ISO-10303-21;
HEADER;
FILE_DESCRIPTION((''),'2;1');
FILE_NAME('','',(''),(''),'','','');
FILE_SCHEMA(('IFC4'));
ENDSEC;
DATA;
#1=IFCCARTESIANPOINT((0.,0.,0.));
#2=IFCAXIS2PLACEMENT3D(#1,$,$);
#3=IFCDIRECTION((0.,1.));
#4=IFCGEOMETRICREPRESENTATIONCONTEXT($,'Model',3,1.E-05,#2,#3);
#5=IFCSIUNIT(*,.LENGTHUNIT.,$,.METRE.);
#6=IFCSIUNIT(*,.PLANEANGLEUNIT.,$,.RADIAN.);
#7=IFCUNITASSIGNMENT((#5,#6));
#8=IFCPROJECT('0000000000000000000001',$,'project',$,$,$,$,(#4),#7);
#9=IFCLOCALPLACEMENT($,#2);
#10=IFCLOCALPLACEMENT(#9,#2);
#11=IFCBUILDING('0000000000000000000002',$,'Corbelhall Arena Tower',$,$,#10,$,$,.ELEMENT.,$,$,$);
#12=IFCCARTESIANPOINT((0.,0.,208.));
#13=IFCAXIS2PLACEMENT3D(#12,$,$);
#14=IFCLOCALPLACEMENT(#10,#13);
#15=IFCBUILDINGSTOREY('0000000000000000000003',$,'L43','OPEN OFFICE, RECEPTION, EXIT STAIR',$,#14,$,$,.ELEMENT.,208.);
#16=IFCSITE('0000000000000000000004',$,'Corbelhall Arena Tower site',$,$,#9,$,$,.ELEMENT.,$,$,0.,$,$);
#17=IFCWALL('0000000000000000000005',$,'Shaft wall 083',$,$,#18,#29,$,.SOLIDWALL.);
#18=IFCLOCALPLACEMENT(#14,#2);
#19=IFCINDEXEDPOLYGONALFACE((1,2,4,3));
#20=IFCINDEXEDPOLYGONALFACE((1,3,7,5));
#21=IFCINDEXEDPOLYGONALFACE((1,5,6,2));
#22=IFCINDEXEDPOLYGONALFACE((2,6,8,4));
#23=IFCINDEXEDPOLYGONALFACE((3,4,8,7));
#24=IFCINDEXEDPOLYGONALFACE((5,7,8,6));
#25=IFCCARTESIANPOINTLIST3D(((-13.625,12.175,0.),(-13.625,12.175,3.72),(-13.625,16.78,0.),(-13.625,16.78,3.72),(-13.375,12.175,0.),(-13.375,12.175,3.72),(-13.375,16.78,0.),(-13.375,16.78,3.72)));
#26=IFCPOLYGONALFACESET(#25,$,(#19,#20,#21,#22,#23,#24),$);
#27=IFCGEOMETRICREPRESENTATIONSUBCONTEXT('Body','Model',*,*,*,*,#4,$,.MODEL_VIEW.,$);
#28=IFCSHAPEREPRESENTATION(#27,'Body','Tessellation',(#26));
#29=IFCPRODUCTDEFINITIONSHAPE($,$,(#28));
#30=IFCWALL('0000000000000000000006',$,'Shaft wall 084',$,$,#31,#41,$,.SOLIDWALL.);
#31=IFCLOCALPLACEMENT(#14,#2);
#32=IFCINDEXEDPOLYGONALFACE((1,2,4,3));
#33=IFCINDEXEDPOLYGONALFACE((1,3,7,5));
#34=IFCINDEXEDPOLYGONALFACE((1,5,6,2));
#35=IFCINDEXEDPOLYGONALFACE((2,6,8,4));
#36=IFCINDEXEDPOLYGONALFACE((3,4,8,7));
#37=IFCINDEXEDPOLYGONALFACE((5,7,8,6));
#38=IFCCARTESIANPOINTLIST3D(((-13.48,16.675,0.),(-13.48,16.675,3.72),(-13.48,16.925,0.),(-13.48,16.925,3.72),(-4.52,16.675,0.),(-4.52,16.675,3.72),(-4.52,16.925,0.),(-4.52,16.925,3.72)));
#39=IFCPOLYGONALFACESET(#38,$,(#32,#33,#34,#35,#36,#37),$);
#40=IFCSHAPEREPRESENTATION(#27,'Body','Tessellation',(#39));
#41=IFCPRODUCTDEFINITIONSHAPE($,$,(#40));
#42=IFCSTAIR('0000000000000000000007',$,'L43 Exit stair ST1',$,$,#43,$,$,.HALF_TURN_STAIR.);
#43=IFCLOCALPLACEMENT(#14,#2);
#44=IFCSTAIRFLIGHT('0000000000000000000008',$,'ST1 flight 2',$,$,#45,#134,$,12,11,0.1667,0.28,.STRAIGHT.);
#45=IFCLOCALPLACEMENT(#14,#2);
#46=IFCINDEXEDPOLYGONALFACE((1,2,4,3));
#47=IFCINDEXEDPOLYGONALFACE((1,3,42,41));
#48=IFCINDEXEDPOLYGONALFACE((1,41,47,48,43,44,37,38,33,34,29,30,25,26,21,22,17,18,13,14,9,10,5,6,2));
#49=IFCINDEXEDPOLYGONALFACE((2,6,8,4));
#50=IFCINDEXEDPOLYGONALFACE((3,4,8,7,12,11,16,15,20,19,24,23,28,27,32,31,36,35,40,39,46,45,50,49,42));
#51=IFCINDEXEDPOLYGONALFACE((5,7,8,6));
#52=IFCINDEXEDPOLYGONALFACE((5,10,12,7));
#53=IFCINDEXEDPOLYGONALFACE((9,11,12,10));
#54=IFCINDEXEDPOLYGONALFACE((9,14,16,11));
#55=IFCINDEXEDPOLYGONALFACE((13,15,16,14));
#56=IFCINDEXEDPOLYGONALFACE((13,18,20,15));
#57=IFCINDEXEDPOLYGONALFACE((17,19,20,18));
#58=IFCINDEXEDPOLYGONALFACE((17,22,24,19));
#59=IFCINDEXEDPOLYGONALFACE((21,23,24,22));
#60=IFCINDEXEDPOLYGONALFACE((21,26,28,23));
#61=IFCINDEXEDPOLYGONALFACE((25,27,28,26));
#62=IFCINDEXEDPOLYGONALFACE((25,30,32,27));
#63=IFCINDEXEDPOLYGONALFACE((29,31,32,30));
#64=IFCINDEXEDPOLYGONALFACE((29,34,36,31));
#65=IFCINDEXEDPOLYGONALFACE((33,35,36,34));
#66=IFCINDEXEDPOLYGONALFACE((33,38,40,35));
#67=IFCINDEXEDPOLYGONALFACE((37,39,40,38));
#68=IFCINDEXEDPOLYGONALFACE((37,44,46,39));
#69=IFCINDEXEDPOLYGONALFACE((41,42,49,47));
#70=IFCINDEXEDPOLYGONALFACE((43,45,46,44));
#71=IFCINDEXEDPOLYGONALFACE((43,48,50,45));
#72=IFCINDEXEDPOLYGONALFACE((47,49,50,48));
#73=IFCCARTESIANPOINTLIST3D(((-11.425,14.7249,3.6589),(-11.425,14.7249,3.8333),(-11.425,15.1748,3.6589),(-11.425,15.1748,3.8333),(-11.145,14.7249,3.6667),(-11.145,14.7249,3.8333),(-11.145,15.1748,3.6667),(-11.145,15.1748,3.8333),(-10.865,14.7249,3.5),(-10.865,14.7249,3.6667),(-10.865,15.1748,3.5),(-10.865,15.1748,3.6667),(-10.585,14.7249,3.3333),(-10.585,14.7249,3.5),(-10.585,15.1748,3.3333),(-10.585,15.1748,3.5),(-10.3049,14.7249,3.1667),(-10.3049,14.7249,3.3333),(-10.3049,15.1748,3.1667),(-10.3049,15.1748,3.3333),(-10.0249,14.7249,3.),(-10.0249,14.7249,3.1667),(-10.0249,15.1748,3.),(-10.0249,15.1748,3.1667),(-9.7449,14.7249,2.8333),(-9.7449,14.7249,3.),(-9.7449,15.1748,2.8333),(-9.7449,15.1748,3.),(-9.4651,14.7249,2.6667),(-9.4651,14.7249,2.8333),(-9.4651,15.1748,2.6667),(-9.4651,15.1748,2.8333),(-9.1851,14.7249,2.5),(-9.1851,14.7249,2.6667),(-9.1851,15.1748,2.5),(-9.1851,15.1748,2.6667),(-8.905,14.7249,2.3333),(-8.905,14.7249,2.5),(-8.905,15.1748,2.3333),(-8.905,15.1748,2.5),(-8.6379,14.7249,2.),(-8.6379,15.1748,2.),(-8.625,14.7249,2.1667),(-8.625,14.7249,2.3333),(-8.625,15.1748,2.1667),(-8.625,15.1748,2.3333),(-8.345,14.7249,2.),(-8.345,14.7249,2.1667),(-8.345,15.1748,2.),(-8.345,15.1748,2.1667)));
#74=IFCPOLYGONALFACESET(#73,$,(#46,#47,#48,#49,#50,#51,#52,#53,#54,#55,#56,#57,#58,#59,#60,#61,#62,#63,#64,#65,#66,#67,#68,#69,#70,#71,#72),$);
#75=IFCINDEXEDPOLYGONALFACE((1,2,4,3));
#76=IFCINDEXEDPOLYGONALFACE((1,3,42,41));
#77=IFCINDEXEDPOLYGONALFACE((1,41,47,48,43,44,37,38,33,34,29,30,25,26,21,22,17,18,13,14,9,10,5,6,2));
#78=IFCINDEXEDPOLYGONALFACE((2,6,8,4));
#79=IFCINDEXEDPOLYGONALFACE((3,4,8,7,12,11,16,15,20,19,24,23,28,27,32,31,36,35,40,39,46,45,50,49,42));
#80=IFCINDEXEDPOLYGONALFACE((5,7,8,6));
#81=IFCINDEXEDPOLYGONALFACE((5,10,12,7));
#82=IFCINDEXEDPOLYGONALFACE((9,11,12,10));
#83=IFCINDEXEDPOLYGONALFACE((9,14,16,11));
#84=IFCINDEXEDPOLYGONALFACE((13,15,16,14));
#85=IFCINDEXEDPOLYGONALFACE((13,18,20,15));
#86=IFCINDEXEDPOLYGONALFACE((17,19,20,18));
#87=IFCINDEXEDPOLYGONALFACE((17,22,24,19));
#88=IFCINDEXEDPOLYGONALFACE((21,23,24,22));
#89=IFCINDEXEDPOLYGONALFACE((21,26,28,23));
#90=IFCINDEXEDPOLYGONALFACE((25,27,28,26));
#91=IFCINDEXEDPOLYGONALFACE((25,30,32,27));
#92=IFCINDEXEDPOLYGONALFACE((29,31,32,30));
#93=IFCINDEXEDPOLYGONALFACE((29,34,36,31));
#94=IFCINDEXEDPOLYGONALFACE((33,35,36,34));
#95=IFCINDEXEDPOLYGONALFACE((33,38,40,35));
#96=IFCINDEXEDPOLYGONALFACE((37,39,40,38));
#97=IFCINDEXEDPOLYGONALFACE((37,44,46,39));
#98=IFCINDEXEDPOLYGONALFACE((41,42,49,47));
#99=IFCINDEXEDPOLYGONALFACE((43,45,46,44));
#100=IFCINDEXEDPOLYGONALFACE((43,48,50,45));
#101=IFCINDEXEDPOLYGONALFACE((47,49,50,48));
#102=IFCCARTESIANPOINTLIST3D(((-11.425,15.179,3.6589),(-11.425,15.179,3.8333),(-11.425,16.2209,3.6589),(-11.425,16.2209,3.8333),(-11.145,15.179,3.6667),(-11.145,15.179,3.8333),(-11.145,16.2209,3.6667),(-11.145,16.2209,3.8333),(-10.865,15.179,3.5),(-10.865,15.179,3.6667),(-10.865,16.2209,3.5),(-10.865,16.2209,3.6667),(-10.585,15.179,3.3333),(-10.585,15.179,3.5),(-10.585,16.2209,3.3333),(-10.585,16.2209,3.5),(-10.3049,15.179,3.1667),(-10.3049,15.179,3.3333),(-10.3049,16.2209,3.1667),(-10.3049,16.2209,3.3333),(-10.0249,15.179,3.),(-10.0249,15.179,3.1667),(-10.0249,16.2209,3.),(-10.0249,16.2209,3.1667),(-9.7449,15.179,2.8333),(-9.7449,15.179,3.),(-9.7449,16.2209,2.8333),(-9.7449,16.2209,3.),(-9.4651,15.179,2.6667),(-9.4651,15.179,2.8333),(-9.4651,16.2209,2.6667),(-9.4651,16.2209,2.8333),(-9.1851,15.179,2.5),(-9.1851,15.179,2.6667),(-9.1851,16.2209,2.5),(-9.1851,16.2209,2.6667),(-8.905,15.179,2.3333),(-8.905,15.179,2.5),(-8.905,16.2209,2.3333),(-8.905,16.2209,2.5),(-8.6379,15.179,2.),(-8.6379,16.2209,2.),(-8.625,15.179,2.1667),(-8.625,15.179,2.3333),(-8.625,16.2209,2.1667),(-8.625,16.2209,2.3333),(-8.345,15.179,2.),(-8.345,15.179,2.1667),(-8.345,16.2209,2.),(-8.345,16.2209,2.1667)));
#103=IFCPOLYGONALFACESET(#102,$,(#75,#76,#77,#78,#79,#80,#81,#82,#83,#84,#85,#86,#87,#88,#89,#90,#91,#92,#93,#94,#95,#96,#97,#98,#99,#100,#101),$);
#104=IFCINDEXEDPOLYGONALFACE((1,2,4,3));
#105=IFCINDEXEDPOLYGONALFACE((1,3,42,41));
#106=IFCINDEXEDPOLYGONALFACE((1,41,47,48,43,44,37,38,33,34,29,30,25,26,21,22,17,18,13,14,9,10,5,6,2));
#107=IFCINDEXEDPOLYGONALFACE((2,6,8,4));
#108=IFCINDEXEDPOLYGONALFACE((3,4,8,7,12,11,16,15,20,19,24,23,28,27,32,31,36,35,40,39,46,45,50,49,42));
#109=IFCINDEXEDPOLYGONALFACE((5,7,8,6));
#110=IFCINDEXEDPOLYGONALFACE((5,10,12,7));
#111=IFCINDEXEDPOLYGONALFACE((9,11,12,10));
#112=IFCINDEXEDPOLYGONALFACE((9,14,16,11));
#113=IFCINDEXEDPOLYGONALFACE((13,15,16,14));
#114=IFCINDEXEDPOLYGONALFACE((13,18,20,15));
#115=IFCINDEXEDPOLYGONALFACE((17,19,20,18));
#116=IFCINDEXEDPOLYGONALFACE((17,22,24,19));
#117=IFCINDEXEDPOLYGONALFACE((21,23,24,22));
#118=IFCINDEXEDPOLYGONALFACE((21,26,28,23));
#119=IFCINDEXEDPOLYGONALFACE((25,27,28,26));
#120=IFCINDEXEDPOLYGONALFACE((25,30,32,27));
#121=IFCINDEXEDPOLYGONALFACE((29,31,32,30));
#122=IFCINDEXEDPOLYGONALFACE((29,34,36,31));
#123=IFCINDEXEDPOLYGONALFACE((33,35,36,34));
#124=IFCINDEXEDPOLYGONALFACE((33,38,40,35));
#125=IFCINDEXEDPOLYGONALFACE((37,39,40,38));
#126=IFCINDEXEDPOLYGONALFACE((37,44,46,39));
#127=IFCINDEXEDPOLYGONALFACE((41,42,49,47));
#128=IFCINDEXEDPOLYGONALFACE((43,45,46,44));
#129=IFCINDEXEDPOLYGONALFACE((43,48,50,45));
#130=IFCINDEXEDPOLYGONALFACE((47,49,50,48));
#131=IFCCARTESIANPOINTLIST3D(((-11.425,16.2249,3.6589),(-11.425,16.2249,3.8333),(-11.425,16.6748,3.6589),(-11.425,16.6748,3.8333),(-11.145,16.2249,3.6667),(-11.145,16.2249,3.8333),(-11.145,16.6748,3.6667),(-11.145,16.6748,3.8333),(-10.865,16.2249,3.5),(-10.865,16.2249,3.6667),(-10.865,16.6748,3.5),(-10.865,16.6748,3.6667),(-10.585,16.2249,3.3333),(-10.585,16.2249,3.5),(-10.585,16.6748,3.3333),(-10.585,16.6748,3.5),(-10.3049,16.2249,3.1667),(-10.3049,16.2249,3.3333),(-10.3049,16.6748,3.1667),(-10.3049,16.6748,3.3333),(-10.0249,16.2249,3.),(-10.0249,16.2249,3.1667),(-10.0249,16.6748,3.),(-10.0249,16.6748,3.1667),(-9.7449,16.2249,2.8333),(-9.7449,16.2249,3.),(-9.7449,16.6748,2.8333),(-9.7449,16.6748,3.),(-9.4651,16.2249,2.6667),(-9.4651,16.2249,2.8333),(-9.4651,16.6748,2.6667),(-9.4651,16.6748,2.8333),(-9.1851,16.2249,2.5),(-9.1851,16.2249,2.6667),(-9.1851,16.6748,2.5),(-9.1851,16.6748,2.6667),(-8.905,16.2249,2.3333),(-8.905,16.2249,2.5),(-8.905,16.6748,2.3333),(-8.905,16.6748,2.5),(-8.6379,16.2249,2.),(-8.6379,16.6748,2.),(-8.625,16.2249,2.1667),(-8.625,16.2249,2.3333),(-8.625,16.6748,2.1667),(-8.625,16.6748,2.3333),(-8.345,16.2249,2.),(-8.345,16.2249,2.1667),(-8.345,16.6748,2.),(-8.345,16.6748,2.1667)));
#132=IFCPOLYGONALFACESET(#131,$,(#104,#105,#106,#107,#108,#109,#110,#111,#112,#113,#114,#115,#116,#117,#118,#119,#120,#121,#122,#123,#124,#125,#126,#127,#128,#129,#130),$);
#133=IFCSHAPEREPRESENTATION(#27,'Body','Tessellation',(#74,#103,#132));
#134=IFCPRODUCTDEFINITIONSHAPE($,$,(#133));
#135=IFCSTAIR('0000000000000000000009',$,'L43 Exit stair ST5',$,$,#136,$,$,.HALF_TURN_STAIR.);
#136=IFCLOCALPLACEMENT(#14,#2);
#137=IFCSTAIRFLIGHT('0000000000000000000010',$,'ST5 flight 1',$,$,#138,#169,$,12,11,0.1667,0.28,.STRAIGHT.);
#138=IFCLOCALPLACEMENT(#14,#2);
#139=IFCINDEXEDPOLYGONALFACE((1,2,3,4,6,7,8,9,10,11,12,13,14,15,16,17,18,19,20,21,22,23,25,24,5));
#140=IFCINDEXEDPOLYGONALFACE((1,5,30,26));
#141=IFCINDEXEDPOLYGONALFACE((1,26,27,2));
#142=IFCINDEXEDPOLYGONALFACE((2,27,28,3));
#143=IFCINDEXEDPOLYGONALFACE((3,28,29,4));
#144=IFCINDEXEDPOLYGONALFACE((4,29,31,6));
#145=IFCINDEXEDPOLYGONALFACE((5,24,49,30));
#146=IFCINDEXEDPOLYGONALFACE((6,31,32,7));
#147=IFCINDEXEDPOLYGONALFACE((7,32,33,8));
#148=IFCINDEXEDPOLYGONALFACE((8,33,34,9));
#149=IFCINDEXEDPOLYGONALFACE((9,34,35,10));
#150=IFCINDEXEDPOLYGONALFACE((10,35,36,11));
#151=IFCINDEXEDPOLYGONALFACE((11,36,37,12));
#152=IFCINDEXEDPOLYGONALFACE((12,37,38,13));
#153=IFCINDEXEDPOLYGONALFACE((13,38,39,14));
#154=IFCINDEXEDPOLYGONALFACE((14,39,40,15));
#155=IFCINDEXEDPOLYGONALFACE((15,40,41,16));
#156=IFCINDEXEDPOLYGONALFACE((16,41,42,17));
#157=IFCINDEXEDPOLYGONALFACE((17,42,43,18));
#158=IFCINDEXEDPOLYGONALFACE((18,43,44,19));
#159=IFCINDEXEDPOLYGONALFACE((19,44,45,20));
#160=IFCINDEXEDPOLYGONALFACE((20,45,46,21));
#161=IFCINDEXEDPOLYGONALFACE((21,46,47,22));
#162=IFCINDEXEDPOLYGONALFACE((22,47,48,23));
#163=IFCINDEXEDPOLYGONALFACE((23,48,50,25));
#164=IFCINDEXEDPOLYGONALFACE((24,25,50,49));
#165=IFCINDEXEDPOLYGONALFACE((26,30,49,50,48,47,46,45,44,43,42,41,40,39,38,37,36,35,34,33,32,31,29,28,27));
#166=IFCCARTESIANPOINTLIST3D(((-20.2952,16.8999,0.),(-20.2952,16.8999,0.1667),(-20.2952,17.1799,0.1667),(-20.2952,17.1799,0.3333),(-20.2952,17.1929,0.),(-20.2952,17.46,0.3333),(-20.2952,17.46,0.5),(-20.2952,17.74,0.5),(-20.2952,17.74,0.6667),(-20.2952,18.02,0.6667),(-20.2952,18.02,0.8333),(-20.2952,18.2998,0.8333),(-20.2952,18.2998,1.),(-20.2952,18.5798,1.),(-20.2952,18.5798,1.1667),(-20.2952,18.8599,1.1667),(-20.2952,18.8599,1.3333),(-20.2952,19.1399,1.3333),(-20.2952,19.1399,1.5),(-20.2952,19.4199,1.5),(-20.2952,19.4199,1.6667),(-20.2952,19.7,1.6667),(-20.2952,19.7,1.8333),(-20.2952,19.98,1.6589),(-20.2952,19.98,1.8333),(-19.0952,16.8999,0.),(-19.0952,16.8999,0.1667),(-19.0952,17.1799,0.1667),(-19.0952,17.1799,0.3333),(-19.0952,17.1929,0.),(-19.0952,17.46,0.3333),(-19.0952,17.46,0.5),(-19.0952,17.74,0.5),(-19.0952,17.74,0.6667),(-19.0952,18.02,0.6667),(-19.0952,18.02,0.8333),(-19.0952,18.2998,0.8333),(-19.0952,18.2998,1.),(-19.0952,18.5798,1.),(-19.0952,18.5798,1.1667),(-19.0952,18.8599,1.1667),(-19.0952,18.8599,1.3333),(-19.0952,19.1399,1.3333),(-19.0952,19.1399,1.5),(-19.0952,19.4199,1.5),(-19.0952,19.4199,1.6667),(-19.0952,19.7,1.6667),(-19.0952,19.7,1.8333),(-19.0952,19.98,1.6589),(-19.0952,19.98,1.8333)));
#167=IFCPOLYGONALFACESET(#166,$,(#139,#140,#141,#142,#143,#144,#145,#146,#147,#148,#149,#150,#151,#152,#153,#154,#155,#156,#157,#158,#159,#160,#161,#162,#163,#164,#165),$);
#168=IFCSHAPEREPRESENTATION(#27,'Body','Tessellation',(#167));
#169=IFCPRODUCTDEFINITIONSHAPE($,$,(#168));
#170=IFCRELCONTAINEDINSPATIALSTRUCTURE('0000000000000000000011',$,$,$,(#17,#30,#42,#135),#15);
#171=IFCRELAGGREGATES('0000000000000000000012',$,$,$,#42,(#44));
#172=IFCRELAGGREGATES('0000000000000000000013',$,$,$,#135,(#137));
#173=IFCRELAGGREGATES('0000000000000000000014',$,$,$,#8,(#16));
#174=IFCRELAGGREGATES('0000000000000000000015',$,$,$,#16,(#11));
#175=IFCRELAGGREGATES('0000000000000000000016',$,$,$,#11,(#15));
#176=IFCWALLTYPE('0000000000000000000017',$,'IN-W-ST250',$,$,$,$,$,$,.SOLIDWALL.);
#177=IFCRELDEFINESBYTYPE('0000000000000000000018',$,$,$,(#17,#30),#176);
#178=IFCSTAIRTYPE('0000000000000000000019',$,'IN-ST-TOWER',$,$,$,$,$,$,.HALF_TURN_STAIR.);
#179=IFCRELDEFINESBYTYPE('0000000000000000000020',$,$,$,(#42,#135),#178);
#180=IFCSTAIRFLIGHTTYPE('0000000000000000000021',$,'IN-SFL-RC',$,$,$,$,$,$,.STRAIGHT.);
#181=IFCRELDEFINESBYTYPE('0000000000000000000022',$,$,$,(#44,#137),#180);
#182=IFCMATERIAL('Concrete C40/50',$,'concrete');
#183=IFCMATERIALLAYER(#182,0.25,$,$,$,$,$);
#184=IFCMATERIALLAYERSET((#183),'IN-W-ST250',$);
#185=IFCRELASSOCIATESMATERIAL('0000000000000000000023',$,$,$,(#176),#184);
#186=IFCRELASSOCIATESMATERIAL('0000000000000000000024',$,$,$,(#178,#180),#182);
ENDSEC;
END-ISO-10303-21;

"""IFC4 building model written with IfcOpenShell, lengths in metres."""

from ifc_helpers import new_model, si_unit, direction, frame, frame_2d, origin, place, context, subcontext, project, spatial, polyline, rectangle, outline, extrude, material, layer, layer_set, type_object, element, aggregate, save


model = new_model("IFC4")

# Units and contexts
model_context = context("Model", 3, precision=1e-05, world=origin(), true_north=direction((0.0, 1.0)))
body_context = subcontext(model_context, "Body", "Model", "MODEL_VIEW")
ifc_project = project(units=[si_unit("LENGTHUNIT", "METRE"), si_unit("PLANEANGLEUNIT", "RADIAN")], contexts=[model_context])

# Site, building, storey
site_placement = place(None, origin())
site = spatial("IfcSite", under=ifc_project, at=site_placement, Name="Corbelhall Arena Tower site", CompositionType="ELEMENT", RefElevation=0.0)
building_placement = place(site_placement, origin())
building = spatial("IfcBuilding", under=site, at=building_placement, Name="Corbelhall Arena Tower", CompositionType="ELEMENT")
storey_placement = place(building_placement, frame((0.0, 0.0, 208.0)))
storey = spatial("IfcBuildingStorey", under=building, at=storey_placement, Name="L43", Description="OPEN OFFICE, RECEPTION, EXIT STAIR", CompositionType="ELEMENT", Elevation=208.0)

# Shared definitions
ifc_material_1 = material(Name="Concrete C40/50", Category="concrete")

# Walls
ifc_layer_1 = layer(ifc_material_1, 0.25)
ifc_layer_set_1 = layer_set([ifc_layer_1], Name="IN-W-ST250")
wall_type_1 = type_object("IfcWallType", Name="IN-W-ST250", PredefinedType="SOLIDWALL", material=ifc_layer_set_1)
wall_1_placement = place(storey_placement, frame((-13.5, 16.78, 0.0), z_axis=(0.0, 0.0, 1.0), x_axis=(0.0, -1.0, 0.0)))
element("IfcWall", 1, at=wall_1_placement, inside=storey, type_object=wall_type_1, Name="Shaft wall 083", PredefinedType="SOLIDWALL", context=body_context, shape_type="SweptSolid", body=[
    extrude(rectangle(XDim=4.605, YDim=0.25, at=frame_2d((2.3025, 0.0))), origin(), (0.0, 0.0, 1.0), 3.72),
])
wall_2_placement = place(storey_placement, frame((-13.48, 16.8, 0.0), z_axis=(0.0, 0.0, 1.0), x_axis=(1.0, 0.0, 0.0)))
element("IfcWall", 2, at=wall_2_placement, inside=storey, type_object=wall_type_1, Name="Shaft wall 084", PredefinedType="SOLIDWALL", context=body_context, shape_type="SweptSolid", body=[
    extrude(rectangle(XDim=8.96, YDim=0.25, at=frame_2d((4.48, 0.0))), origin(), (0.0, 0.0, 1.0), 3.72),
])

# Stair, stair flight
stair_type = type_object("IfcStairType", Name="IN-ST-TOWER", PredefinedType="HALF_TURN_STAIR", material=ifc_material_1)
stair_1_placement = place(storey_placement, origin())
stair_1 = element("IfcStair", 3, at=stair_1_placement, inside=storey, type_object=stair_type, Name="L43 Exit stair ST1", PredefinedType="HALF_TURN_STAIR")
stair_flight_type = type_object("IfcStairFlightType", Name="IN-SFL-RC", PredefinedType="STRAIGHT", material=ifc_material_1)
stair_flight_1_placement = place(storey_placement, frame((-8.345, 15.7, 2.0), z_axis=(0.0, 0.0, 1.0), x_axis=(-1.0, 0.0, 0.0)))
stair_flight_1 = element("IfcStairFlight", 4, at=stair_flight_1_placement, type_object=stair_flight_type, Name="ST1 flight 2", NumberOfRisers=12, NumberOfTreads=11, PredefinedType="STRAIGHT", RiserHeight=0.1667, TreadLength=0.28, context=body_context, shape_type="SweptSolid", body=[
    extrude(outline(polyline([(0.0, 0.0), (0.0, 0.1667), (0.28, 0.1667), (0.28, 0.3333), (0.5601, 0.3333), (0.5601, 0.5), (0.8401, 0.5), (0.8401, 0.6667), (1.1201, 0.6667), (1.1201, 0.8333), (1.3999, 0.8333), (1.3999, 1.0), (1.6799, 1.0), (1.6799, 1.1667), (1.96, 1.1667), (1.96, 1.3333), (2.24, 1.3333), (2.24, 1.5), (2.52, 1.5), (2.52, 1.6667), (2.8, 1.6667), (2.8, 1.8333), (3.0801, 1.8333), (3.0801, 2.0), (3.0801, 1.6589), (0.293, 0.0), (0.0, 0.0)])), frame((0.0, 0.9751, 0.0), z_axis=(0.0, -1.0, 0.0), x_axis=(1.0, 0.0, 0.0)), (0.0, 0.0, 1.0), 0.45),
    extrude(outline(polyline([(0.0, 0.0), (0.0, 0.1667), (0.28, 0.1667), (0.28, 0.3333), (0.5601, 0.3333), (0.5601, 0.5), (0.8401, 0.5), (0.8401, 0.6667), (1.1201, 0.6667), (1.1201, 0.8333), (1.3999, 0.8333), (1.3999, 1.0), (1.6799, 1.0), (1.6799, 1.1667), (1.96, 1.1667), (1.96, 1.3333), (2.24, 1.3333), (2.24, 1.5), (2.52, 1.5), (2.52, 1.6667), (2.8, 1.6667), (2.8, 1.8333), (3.0801, 1.8333), (3.0801, 2.0), (3.0801, 1.6589), (0.293, 0.0), (0.0, 0.0)])), frame((0.0, 0.521, 0.0), z_axis=(0.0, -1.0, 0.0), x_axis=(1.0, 0.0, 0.0)), (0.0, 0.0, 1.0), 1.042),
    extrude(outline(polyline([(0.0, 0.0), (0.0, 0.1667), (0.28, 0.1667), (0.28, 0.3333), (0.5601, 0.3333), (0.5601, 0.5), (0.8401, 0.5), (0.8401, 0.6667), (1.1201, 0.6667), (1.1201, 0.8333), (1.3999, 0.8333), (1.3999, 1.0), (1.6799, 1.0), (1.6799, 1.1667), (1.96, 1.1667), (1.96, 1.3333), (2.24, 1.3333), (2.24, 1.5), (2.52, 1.5), (2.52, 1.6667), (2.8, 1.6667), (2.8, 1.8333), (3.0801, 1.8333), (3.0801, 2.0), (3.0801, 1.6589), (0.293, 0.0), (0.0, 0.0)])), frame((0.0, -0.5249, 0.0), z_axis=(0.0, -1.0, 0.0), x_axis=(1.0, 0.0, 0.0)), (0.0, 0.0, 1.0), 0.45),
])
aggregate(stair_1, [stair_flight_1])

# Stair, stair flight
stair_2_placement = place(storey_placement, origin())
stair_2 = element("IfcStair", 5, at=stair_2_placement, inside=storey, type_object=stair_type, Name="L43 Exit stair ST5", PredefinedType="HALF_TURN_STAIR")
stair_flight_2_placement = place(storey_placement, frame((-19.6951, 16.8999, 0.0), z_axis=(0.0, 0.0, 1.0), x_axis=(0.0, 1.0, 0.0)))
stair_flight_2 = element("IfcStairFlight", 6, at=stair_flight_2_placement, type_object=stair_flight_type, Name="ST5 flight 1", NumberOfRisers=12, NumberOfTreads=11, PredefinedType="STRAIGHT", RiserHeight=0.1667, TreadLength=0.28, context=body_context, shape_type="SweptSolid", body=[
    extrude(outline(polyline([(0.0, 0.0), (0.0, 0.1667), (0.28, 0.1667), (0.28, 0.3333), (0.5601, 0.3333), (0.5601, 0.5), (0.8401, 0.5), (0.8401, 0.6667), (1.1201, 0.6667), (1.1201, 0.8333), (1.3999, 0.8333), (1.3999, 1.0), (1.6799, 1.0), (1.6799, 1.1667), (1.96, 1.1667), (1.96, 1.3333), (2.24, 1.3333), (2.24, 1.5), (2.52, 1.5), (2.52, 1.6667), (2.8, 1.6667), (2.8, 1.8333), (3.0801, 1.8333), (3.0801, 2.0), (3.0801, 1.6589), (0.293, 0.0), (0.0, 0.0)])), frame((0.0, 0.6001, 0.0), z_axis=(0.0, -1.0, 0.0), x_axis=(1.0, 0.0, 0.0)), (0.0, 0.0, 1.0), 1.2),
])
aggregate(stair_2, [stair_flight_2])

save(model, "model.ifc")
